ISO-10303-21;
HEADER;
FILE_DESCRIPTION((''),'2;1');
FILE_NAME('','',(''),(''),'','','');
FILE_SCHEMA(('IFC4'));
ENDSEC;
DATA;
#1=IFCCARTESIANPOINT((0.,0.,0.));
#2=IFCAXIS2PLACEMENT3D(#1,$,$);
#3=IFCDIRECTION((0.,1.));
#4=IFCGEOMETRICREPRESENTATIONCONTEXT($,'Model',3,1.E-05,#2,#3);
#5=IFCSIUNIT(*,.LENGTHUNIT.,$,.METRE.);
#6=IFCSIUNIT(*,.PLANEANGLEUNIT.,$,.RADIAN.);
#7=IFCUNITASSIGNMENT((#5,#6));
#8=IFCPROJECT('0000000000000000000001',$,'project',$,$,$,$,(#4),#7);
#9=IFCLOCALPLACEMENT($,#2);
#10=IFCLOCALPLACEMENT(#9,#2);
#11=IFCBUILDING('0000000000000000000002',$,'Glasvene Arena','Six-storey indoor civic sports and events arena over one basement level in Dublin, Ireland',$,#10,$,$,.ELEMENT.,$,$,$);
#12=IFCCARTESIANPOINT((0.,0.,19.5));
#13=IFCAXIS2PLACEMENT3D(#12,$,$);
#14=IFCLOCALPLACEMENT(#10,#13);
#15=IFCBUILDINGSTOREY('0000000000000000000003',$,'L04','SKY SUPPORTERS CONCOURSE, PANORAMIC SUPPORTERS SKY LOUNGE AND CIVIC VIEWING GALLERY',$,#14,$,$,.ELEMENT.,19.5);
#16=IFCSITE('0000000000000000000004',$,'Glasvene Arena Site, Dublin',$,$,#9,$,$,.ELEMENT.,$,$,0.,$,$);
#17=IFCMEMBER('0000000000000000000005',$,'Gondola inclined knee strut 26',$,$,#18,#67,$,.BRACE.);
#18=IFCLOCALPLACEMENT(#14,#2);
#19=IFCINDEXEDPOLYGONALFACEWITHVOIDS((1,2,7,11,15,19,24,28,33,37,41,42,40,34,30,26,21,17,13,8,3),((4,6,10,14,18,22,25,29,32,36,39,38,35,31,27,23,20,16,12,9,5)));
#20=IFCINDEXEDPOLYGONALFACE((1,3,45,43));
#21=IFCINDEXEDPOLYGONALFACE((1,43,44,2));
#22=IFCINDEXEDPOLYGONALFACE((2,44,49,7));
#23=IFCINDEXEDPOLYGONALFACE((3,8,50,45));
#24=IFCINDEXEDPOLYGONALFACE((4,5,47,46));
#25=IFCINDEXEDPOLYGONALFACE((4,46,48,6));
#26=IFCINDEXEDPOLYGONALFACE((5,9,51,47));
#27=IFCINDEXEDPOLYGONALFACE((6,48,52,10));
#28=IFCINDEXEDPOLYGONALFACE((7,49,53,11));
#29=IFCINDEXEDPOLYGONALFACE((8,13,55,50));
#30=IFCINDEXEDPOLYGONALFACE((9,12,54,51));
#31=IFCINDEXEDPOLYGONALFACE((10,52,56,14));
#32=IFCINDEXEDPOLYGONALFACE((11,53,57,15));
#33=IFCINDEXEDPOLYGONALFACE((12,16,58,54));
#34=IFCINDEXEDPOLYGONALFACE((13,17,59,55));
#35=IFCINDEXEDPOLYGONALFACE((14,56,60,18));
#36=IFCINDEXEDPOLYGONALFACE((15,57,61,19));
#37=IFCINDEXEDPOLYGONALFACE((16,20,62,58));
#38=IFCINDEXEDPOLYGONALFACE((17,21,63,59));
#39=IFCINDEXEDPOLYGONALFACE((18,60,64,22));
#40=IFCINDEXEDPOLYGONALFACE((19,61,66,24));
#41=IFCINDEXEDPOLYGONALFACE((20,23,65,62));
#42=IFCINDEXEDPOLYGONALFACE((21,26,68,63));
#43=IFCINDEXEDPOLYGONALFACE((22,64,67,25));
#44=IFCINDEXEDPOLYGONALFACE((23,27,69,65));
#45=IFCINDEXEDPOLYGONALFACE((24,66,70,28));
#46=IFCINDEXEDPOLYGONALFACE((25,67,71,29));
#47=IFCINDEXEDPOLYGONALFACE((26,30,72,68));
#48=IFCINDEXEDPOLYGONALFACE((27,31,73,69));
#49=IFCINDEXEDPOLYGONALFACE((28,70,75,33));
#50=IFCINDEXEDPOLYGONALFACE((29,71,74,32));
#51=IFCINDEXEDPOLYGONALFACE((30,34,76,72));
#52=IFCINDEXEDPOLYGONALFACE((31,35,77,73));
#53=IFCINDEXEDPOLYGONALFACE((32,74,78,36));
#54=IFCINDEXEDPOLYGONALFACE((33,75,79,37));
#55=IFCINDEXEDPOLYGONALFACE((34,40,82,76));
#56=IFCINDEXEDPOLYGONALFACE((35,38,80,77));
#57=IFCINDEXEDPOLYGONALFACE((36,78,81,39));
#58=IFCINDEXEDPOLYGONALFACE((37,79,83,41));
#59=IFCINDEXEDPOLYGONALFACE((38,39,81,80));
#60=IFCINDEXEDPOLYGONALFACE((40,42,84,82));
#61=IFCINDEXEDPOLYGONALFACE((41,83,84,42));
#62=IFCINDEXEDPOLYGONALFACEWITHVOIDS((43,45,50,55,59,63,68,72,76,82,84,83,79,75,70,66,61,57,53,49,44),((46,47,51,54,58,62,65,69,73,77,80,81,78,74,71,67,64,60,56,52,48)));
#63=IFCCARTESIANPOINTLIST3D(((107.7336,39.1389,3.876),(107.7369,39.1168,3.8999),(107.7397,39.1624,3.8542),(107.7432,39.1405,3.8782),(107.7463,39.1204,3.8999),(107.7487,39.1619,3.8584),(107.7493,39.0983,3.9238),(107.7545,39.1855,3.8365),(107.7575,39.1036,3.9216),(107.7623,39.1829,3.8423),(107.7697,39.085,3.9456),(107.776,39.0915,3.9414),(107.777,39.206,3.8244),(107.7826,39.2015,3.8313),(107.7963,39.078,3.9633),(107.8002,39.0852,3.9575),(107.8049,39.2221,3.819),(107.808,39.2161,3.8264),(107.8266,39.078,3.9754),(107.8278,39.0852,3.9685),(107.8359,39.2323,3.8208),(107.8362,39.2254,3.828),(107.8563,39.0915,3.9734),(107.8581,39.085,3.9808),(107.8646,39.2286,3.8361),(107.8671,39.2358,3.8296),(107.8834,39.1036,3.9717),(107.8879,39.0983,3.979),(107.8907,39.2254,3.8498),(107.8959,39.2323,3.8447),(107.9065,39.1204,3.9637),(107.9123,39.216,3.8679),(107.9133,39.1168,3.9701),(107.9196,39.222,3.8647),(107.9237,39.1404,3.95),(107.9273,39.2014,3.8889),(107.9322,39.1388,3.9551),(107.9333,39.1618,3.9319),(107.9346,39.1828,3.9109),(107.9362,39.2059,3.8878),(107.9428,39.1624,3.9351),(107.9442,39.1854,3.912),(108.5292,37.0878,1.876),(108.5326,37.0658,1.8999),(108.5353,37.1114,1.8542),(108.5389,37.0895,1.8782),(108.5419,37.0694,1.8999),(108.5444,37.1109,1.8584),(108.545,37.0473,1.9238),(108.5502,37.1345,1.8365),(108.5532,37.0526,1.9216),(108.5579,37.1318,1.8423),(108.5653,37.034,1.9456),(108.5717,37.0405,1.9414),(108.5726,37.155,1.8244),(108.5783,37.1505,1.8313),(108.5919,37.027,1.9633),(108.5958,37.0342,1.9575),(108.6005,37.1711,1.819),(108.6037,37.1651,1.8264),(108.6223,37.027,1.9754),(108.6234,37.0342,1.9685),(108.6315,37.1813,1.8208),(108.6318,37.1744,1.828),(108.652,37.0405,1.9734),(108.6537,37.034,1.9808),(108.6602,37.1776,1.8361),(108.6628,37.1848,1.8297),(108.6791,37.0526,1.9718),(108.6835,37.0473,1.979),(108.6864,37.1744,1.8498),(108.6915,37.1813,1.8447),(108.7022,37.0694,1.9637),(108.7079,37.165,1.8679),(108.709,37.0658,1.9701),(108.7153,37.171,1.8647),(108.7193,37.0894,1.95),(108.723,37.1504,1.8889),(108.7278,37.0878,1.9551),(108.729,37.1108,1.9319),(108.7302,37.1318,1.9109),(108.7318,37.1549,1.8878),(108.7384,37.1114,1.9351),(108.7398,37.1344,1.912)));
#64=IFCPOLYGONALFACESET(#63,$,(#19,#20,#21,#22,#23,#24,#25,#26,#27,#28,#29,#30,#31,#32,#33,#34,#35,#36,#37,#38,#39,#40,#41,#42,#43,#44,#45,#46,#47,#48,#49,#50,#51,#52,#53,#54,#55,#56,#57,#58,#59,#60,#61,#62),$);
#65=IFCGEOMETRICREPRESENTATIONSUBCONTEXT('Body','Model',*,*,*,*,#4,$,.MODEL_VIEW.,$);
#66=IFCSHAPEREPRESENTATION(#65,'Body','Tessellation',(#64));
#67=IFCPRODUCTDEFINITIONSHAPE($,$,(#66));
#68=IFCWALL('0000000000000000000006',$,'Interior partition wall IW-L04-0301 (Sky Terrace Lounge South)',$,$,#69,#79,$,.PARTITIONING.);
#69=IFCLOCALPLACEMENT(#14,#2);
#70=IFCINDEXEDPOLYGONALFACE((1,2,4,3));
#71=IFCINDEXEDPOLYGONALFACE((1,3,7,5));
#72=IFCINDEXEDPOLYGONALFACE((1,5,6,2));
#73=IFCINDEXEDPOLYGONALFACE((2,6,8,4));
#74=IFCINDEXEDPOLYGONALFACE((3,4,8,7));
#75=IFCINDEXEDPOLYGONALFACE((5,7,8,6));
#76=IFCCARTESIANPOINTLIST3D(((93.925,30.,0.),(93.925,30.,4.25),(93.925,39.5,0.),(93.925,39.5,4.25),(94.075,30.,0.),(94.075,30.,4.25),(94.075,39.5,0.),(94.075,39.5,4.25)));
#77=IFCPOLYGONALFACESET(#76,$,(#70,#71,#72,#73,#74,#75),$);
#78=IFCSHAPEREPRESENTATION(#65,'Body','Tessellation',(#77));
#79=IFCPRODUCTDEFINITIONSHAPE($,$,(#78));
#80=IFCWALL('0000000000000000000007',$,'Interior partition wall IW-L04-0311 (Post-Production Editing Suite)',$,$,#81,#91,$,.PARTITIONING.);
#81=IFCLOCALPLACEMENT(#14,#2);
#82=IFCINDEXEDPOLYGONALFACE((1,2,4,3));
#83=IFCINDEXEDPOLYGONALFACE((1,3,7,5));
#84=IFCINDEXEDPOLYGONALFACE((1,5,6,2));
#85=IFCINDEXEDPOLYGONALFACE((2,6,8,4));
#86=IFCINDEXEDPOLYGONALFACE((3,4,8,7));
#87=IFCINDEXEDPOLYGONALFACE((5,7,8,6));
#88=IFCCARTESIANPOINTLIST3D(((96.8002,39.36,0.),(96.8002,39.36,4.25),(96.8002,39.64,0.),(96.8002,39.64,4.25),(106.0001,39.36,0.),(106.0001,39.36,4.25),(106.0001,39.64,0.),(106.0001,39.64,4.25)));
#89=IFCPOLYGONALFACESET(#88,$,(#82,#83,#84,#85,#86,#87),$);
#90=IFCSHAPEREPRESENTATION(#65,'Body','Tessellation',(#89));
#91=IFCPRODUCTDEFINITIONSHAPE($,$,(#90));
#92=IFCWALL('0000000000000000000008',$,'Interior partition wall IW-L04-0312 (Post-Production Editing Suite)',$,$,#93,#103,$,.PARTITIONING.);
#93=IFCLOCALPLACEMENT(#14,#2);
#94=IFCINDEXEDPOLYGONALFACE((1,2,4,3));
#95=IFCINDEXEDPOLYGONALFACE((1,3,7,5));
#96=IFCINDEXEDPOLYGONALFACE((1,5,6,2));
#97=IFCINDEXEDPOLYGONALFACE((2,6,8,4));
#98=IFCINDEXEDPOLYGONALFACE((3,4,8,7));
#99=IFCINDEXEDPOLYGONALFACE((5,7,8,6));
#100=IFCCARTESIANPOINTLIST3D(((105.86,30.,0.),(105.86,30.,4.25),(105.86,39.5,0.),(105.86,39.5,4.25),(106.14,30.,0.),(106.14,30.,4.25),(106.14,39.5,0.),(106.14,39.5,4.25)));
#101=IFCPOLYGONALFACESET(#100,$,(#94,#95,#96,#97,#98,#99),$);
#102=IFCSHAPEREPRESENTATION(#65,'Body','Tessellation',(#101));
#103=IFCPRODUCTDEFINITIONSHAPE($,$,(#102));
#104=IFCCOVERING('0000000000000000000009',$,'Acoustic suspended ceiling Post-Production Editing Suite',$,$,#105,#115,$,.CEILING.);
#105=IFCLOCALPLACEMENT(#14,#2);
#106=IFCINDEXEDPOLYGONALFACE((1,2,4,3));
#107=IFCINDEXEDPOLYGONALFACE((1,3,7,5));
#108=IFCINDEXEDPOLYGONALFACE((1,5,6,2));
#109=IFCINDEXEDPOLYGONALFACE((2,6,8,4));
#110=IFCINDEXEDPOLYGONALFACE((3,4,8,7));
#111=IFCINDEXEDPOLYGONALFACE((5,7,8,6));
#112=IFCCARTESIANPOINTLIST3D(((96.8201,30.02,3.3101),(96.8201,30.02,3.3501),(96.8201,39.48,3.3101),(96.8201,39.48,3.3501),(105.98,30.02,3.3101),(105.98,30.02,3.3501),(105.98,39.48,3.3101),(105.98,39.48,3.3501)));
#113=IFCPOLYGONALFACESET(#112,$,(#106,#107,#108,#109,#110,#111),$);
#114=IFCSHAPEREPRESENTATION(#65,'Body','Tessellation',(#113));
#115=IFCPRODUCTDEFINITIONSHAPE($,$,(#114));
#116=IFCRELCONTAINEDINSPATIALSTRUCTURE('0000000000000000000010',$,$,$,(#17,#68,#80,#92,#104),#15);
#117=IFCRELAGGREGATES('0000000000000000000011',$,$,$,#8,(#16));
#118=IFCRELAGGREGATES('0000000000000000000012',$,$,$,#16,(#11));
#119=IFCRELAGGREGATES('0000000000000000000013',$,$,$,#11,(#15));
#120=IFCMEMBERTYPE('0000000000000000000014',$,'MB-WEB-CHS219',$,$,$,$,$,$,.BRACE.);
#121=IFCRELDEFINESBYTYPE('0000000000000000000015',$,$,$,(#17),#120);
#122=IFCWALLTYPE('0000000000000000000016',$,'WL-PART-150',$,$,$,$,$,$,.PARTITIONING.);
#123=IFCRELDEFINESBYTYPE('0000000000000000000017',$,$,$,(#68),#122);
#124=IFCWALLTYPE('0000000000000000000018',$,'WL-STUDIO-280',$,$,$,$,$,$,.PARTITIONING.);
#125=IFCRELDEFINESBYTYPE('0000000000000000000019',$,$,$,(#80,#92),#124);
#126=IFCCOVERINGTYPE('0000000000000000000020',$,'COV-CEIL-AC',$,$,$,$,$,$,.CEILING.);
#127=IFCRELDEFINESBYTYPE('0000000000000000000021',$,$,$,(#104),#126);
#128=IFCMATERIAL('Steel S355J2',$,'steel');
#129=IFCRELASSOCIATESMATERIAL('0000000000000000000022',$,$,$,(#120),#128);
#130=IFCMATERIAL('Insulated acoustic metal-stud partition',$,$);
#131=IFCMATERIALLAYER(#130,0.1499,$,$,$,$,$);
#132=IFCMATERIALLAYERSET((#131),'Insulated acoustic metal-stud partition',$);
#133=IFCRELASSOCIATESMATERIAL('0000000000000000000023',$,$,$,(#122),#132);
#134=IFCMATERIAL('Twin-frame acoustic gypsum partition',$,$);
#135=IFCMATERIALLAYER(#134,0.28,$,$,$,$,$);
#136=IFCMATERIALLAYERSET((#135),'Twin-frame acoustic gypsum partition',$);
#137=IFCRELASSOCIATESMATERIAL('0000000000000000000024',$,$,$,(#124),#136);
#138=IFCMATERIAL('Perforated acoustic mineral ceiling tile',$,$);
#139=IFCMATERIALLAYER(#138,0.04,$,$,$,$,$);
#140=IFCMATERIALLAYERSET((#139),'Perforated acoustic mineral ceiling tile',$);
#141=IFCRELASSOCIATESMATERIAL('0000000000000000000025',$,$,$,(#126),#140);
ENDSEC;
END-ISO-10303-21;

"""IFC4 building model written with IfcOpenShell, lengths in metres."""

from ifc_helpers import new_model, si_unit, direction, frame, frame_2d, origin, origin_2d, place, context, subcontext, project, spatial, polyline, rectangle, hollow_circle, outline, extrude, material, layer, layer_set, material_profile, profile_set, type_object, element, save


model = new_model("IFC4")

# Units and contexts
model_context = context("Model", 3, precision=1e-05, world=origin(), true_north=direction((0.0, 1.0)))
body_context = subcontext(model_context, "Body", "Model", "MODEL_VIEW")
ifc_project = project(units=[si_unit("LENGTHUNIT", "METRE"), si_unit("PLANEANGLEUNIT", "RADIAN")], contexts=[model_context])

# Site, building, storey
site_placement = place(None, origin())
site = spatial("IfcSite", under=ifc_project, at=site_placement, Name="Glasvene Arena Site, Dublin", CompositionType="ELEMENT", RefElevation=0.0)
building_placement = place(site_placement, origin())
building = spatial("IfcBuilding", under=site, at=building_placement, Name="Glasvene Arena", Description="Six-storey indoor civic sports and events arena over one basement level in Dublin, Ireland", CompositionType="ELEMENT")
storey_placement = place(building_placement, frame((0.0, 0.0, 19.5)))
storey = spatial("IfcBuildingStorey", under=building, at=storey_placement, Name="L04", Description="SKY SUPPORTERS CONCOURSE, PANORAMIC SUPPORTERS SKY LOUNGE AND CIVIC VIEWING GALLERY", CompositionType="ELEMENT", Elevation=19.5)

# Shared definitions
ifc_material_1 = material(Name="Steel S355J2", Category="steel")

# Member
ifc_material_profile_1 = material_profile(ifc_material_1, hollow_circle(Radius=0.1096, WallThickness=0.01, at=origin_2d()), Name="CHS 219.1x10.0")
ifc_profile_set_1 = profile_set([ifc_material_profile_1], Name="Steel S355J2")
member_type = type_object("IfcMemberType", Name="MB-WEB-CHS219", PredefinedType="BRACE", material=ifc_profile_set_1)
member_placement = place(storey_placement, frame((108.6348, 37.1055, 1.8999), z_axis=(-0.267611, 0.689843, 0.672682), x_axis=(-0.932306, -0.36167, 0.0)))
element("IfcMember", 1, at=member_placement, inside=storey, type_object=member_type, Name="Gondola inclined knee strut 26", PredefinedType="BRACE", context=body_context, shape_type="SweptSolid", body=[
    extrude(hollow_circle(Radius=0.1096, WallThickness=0.01, at=origin_2d()), origin(), (0.0, 0.0, 1.0), 2.9731),
])

# Walls
ifc_material_2 = material(Name="Insulated acoustic metal-stud partition")
ifc_layer_1 = layer(ifc_material_2, 0.1499)
ifc_layer_set_1 = layer_set([ifc_layer_1], Name="Insulated acoustic metal-stud partition")
wall_type_1 = type_object("IfcWallType", Name="WL-PART-150", PredefinedType="PARTITIONING", material=ifc_layer_set_1)
wall_1_placement = place(storey_placement, frame((94.0, 39.5, 0.0), z_axis=(0.0, 0.0, 1.0), x_axis=(0.0, -1.0, 0.0)))
element("IfcWall", 2, at=wall_1_placement, inside=storey, type_object=wall_type_1, Name="Interior partition wall IW-L04-0301 (Sky Terrace Lounge South)", PredefinedType="PARTITIONING", context=body_context, shape_type="SweptSolid", body=[
    extrude(rectangle(XDim=9.5, YDim=0.1499, at=frame_2d((4.75, 0.0))), origin(), (0.0, 0.0, 1.0), 4.25),
])
ifc_material_3 = material(Name="Twin-frame acoustic gypsum partition")
ifc_layer_2 = layer(ifc_material_3, 0.28)
ifc_layer_set_2 = layer_set([ifc_layer_2], Name="Twin-frame acoustic gypsum partition")
wall_type_2 = type_object("IfcWallType", Name="WL-STUDIO-280", PredefinedType="PARTITIONING", material=ifc_layer_set_2)
wall_2_placement = place(storey_placement, frame((96.8, 39.5, 0.0), z_axis=(0.0, 0.0, 1.0), x_axis=(1.0, 0.0, 0.0)))
element("IfcWall", 3, at=wall_2_placement, inside=storey, type_object=wall_type_2, Name="Interior partition wall IW-L04-0311 (Post-Production Editing Suite)", PredefinedType="PARTITIONING", context=body_context, shape_type="SweptSolid", body=[
    extrude(rectangle(XDim=9.2, YDim=0.28, at=frame_2d((4.6001, 0.0))), origin(), (0.0, 0.0, 1.0), 4.25),
])
wall_3_placement = place(storey_placement, frame((106.0, 39.5, 0.0), z_axis=(0.0, 0.0, 1.0), x_axis=(0.0, -1.0, 0.0)))
element("IfcWall", 4, at=wall_3_placement, inside=storey, type_object=wall_type_2, Name="Interior partition wall IW-L04-0312 (Post-Production Editing Suite)", PredefinedType="PARTITIONING", context=body_context, shape_type="SweptSolid", body=[
    extrude(rectangle(XDim=9.5, YDim=0.28, at=frame_2d((4.75, 0.0))), origin(), (0.0, 0.0, 1.0), 4.25),
])

# Covering
ifc_material_4 = material(Name="Perforated acoustic mineral ceiling tile")
ifc_layer_3 = layer(ifc_material_4, 0.04)
ifc_layer_set_3 = layer_set([ifc_layer_3], Name="Perforated acoustic mineral ceiling tile")
covering_type = type_object("IfcCoveringType", Name="COV-CEIL-AC", PredefinedType="CEILING", material=ifc_layer_set_3)
covering_placement = place(storey_placement, frame((101.3999, 34.75, 3.3101)))
element("IfcCovering", 5, at=covering_placement, inside=storey, type_object=covering_type, Name="Acoustic suspended ceiling Post-Production Editing Suite", PredefinedType="CEILING", context=body_context, shape_type="SweptSolid", body=[
    extrude(outline(polyline([(4.5801, 4.73), (4.5801, -4.73), (-4.5798, -4.73), (-4.5798, 4.73), (4.5801, 4.73)])), origin(), (0.0, 0.0, 1.0), 0.04),
])

save(model, "model.ifc")
